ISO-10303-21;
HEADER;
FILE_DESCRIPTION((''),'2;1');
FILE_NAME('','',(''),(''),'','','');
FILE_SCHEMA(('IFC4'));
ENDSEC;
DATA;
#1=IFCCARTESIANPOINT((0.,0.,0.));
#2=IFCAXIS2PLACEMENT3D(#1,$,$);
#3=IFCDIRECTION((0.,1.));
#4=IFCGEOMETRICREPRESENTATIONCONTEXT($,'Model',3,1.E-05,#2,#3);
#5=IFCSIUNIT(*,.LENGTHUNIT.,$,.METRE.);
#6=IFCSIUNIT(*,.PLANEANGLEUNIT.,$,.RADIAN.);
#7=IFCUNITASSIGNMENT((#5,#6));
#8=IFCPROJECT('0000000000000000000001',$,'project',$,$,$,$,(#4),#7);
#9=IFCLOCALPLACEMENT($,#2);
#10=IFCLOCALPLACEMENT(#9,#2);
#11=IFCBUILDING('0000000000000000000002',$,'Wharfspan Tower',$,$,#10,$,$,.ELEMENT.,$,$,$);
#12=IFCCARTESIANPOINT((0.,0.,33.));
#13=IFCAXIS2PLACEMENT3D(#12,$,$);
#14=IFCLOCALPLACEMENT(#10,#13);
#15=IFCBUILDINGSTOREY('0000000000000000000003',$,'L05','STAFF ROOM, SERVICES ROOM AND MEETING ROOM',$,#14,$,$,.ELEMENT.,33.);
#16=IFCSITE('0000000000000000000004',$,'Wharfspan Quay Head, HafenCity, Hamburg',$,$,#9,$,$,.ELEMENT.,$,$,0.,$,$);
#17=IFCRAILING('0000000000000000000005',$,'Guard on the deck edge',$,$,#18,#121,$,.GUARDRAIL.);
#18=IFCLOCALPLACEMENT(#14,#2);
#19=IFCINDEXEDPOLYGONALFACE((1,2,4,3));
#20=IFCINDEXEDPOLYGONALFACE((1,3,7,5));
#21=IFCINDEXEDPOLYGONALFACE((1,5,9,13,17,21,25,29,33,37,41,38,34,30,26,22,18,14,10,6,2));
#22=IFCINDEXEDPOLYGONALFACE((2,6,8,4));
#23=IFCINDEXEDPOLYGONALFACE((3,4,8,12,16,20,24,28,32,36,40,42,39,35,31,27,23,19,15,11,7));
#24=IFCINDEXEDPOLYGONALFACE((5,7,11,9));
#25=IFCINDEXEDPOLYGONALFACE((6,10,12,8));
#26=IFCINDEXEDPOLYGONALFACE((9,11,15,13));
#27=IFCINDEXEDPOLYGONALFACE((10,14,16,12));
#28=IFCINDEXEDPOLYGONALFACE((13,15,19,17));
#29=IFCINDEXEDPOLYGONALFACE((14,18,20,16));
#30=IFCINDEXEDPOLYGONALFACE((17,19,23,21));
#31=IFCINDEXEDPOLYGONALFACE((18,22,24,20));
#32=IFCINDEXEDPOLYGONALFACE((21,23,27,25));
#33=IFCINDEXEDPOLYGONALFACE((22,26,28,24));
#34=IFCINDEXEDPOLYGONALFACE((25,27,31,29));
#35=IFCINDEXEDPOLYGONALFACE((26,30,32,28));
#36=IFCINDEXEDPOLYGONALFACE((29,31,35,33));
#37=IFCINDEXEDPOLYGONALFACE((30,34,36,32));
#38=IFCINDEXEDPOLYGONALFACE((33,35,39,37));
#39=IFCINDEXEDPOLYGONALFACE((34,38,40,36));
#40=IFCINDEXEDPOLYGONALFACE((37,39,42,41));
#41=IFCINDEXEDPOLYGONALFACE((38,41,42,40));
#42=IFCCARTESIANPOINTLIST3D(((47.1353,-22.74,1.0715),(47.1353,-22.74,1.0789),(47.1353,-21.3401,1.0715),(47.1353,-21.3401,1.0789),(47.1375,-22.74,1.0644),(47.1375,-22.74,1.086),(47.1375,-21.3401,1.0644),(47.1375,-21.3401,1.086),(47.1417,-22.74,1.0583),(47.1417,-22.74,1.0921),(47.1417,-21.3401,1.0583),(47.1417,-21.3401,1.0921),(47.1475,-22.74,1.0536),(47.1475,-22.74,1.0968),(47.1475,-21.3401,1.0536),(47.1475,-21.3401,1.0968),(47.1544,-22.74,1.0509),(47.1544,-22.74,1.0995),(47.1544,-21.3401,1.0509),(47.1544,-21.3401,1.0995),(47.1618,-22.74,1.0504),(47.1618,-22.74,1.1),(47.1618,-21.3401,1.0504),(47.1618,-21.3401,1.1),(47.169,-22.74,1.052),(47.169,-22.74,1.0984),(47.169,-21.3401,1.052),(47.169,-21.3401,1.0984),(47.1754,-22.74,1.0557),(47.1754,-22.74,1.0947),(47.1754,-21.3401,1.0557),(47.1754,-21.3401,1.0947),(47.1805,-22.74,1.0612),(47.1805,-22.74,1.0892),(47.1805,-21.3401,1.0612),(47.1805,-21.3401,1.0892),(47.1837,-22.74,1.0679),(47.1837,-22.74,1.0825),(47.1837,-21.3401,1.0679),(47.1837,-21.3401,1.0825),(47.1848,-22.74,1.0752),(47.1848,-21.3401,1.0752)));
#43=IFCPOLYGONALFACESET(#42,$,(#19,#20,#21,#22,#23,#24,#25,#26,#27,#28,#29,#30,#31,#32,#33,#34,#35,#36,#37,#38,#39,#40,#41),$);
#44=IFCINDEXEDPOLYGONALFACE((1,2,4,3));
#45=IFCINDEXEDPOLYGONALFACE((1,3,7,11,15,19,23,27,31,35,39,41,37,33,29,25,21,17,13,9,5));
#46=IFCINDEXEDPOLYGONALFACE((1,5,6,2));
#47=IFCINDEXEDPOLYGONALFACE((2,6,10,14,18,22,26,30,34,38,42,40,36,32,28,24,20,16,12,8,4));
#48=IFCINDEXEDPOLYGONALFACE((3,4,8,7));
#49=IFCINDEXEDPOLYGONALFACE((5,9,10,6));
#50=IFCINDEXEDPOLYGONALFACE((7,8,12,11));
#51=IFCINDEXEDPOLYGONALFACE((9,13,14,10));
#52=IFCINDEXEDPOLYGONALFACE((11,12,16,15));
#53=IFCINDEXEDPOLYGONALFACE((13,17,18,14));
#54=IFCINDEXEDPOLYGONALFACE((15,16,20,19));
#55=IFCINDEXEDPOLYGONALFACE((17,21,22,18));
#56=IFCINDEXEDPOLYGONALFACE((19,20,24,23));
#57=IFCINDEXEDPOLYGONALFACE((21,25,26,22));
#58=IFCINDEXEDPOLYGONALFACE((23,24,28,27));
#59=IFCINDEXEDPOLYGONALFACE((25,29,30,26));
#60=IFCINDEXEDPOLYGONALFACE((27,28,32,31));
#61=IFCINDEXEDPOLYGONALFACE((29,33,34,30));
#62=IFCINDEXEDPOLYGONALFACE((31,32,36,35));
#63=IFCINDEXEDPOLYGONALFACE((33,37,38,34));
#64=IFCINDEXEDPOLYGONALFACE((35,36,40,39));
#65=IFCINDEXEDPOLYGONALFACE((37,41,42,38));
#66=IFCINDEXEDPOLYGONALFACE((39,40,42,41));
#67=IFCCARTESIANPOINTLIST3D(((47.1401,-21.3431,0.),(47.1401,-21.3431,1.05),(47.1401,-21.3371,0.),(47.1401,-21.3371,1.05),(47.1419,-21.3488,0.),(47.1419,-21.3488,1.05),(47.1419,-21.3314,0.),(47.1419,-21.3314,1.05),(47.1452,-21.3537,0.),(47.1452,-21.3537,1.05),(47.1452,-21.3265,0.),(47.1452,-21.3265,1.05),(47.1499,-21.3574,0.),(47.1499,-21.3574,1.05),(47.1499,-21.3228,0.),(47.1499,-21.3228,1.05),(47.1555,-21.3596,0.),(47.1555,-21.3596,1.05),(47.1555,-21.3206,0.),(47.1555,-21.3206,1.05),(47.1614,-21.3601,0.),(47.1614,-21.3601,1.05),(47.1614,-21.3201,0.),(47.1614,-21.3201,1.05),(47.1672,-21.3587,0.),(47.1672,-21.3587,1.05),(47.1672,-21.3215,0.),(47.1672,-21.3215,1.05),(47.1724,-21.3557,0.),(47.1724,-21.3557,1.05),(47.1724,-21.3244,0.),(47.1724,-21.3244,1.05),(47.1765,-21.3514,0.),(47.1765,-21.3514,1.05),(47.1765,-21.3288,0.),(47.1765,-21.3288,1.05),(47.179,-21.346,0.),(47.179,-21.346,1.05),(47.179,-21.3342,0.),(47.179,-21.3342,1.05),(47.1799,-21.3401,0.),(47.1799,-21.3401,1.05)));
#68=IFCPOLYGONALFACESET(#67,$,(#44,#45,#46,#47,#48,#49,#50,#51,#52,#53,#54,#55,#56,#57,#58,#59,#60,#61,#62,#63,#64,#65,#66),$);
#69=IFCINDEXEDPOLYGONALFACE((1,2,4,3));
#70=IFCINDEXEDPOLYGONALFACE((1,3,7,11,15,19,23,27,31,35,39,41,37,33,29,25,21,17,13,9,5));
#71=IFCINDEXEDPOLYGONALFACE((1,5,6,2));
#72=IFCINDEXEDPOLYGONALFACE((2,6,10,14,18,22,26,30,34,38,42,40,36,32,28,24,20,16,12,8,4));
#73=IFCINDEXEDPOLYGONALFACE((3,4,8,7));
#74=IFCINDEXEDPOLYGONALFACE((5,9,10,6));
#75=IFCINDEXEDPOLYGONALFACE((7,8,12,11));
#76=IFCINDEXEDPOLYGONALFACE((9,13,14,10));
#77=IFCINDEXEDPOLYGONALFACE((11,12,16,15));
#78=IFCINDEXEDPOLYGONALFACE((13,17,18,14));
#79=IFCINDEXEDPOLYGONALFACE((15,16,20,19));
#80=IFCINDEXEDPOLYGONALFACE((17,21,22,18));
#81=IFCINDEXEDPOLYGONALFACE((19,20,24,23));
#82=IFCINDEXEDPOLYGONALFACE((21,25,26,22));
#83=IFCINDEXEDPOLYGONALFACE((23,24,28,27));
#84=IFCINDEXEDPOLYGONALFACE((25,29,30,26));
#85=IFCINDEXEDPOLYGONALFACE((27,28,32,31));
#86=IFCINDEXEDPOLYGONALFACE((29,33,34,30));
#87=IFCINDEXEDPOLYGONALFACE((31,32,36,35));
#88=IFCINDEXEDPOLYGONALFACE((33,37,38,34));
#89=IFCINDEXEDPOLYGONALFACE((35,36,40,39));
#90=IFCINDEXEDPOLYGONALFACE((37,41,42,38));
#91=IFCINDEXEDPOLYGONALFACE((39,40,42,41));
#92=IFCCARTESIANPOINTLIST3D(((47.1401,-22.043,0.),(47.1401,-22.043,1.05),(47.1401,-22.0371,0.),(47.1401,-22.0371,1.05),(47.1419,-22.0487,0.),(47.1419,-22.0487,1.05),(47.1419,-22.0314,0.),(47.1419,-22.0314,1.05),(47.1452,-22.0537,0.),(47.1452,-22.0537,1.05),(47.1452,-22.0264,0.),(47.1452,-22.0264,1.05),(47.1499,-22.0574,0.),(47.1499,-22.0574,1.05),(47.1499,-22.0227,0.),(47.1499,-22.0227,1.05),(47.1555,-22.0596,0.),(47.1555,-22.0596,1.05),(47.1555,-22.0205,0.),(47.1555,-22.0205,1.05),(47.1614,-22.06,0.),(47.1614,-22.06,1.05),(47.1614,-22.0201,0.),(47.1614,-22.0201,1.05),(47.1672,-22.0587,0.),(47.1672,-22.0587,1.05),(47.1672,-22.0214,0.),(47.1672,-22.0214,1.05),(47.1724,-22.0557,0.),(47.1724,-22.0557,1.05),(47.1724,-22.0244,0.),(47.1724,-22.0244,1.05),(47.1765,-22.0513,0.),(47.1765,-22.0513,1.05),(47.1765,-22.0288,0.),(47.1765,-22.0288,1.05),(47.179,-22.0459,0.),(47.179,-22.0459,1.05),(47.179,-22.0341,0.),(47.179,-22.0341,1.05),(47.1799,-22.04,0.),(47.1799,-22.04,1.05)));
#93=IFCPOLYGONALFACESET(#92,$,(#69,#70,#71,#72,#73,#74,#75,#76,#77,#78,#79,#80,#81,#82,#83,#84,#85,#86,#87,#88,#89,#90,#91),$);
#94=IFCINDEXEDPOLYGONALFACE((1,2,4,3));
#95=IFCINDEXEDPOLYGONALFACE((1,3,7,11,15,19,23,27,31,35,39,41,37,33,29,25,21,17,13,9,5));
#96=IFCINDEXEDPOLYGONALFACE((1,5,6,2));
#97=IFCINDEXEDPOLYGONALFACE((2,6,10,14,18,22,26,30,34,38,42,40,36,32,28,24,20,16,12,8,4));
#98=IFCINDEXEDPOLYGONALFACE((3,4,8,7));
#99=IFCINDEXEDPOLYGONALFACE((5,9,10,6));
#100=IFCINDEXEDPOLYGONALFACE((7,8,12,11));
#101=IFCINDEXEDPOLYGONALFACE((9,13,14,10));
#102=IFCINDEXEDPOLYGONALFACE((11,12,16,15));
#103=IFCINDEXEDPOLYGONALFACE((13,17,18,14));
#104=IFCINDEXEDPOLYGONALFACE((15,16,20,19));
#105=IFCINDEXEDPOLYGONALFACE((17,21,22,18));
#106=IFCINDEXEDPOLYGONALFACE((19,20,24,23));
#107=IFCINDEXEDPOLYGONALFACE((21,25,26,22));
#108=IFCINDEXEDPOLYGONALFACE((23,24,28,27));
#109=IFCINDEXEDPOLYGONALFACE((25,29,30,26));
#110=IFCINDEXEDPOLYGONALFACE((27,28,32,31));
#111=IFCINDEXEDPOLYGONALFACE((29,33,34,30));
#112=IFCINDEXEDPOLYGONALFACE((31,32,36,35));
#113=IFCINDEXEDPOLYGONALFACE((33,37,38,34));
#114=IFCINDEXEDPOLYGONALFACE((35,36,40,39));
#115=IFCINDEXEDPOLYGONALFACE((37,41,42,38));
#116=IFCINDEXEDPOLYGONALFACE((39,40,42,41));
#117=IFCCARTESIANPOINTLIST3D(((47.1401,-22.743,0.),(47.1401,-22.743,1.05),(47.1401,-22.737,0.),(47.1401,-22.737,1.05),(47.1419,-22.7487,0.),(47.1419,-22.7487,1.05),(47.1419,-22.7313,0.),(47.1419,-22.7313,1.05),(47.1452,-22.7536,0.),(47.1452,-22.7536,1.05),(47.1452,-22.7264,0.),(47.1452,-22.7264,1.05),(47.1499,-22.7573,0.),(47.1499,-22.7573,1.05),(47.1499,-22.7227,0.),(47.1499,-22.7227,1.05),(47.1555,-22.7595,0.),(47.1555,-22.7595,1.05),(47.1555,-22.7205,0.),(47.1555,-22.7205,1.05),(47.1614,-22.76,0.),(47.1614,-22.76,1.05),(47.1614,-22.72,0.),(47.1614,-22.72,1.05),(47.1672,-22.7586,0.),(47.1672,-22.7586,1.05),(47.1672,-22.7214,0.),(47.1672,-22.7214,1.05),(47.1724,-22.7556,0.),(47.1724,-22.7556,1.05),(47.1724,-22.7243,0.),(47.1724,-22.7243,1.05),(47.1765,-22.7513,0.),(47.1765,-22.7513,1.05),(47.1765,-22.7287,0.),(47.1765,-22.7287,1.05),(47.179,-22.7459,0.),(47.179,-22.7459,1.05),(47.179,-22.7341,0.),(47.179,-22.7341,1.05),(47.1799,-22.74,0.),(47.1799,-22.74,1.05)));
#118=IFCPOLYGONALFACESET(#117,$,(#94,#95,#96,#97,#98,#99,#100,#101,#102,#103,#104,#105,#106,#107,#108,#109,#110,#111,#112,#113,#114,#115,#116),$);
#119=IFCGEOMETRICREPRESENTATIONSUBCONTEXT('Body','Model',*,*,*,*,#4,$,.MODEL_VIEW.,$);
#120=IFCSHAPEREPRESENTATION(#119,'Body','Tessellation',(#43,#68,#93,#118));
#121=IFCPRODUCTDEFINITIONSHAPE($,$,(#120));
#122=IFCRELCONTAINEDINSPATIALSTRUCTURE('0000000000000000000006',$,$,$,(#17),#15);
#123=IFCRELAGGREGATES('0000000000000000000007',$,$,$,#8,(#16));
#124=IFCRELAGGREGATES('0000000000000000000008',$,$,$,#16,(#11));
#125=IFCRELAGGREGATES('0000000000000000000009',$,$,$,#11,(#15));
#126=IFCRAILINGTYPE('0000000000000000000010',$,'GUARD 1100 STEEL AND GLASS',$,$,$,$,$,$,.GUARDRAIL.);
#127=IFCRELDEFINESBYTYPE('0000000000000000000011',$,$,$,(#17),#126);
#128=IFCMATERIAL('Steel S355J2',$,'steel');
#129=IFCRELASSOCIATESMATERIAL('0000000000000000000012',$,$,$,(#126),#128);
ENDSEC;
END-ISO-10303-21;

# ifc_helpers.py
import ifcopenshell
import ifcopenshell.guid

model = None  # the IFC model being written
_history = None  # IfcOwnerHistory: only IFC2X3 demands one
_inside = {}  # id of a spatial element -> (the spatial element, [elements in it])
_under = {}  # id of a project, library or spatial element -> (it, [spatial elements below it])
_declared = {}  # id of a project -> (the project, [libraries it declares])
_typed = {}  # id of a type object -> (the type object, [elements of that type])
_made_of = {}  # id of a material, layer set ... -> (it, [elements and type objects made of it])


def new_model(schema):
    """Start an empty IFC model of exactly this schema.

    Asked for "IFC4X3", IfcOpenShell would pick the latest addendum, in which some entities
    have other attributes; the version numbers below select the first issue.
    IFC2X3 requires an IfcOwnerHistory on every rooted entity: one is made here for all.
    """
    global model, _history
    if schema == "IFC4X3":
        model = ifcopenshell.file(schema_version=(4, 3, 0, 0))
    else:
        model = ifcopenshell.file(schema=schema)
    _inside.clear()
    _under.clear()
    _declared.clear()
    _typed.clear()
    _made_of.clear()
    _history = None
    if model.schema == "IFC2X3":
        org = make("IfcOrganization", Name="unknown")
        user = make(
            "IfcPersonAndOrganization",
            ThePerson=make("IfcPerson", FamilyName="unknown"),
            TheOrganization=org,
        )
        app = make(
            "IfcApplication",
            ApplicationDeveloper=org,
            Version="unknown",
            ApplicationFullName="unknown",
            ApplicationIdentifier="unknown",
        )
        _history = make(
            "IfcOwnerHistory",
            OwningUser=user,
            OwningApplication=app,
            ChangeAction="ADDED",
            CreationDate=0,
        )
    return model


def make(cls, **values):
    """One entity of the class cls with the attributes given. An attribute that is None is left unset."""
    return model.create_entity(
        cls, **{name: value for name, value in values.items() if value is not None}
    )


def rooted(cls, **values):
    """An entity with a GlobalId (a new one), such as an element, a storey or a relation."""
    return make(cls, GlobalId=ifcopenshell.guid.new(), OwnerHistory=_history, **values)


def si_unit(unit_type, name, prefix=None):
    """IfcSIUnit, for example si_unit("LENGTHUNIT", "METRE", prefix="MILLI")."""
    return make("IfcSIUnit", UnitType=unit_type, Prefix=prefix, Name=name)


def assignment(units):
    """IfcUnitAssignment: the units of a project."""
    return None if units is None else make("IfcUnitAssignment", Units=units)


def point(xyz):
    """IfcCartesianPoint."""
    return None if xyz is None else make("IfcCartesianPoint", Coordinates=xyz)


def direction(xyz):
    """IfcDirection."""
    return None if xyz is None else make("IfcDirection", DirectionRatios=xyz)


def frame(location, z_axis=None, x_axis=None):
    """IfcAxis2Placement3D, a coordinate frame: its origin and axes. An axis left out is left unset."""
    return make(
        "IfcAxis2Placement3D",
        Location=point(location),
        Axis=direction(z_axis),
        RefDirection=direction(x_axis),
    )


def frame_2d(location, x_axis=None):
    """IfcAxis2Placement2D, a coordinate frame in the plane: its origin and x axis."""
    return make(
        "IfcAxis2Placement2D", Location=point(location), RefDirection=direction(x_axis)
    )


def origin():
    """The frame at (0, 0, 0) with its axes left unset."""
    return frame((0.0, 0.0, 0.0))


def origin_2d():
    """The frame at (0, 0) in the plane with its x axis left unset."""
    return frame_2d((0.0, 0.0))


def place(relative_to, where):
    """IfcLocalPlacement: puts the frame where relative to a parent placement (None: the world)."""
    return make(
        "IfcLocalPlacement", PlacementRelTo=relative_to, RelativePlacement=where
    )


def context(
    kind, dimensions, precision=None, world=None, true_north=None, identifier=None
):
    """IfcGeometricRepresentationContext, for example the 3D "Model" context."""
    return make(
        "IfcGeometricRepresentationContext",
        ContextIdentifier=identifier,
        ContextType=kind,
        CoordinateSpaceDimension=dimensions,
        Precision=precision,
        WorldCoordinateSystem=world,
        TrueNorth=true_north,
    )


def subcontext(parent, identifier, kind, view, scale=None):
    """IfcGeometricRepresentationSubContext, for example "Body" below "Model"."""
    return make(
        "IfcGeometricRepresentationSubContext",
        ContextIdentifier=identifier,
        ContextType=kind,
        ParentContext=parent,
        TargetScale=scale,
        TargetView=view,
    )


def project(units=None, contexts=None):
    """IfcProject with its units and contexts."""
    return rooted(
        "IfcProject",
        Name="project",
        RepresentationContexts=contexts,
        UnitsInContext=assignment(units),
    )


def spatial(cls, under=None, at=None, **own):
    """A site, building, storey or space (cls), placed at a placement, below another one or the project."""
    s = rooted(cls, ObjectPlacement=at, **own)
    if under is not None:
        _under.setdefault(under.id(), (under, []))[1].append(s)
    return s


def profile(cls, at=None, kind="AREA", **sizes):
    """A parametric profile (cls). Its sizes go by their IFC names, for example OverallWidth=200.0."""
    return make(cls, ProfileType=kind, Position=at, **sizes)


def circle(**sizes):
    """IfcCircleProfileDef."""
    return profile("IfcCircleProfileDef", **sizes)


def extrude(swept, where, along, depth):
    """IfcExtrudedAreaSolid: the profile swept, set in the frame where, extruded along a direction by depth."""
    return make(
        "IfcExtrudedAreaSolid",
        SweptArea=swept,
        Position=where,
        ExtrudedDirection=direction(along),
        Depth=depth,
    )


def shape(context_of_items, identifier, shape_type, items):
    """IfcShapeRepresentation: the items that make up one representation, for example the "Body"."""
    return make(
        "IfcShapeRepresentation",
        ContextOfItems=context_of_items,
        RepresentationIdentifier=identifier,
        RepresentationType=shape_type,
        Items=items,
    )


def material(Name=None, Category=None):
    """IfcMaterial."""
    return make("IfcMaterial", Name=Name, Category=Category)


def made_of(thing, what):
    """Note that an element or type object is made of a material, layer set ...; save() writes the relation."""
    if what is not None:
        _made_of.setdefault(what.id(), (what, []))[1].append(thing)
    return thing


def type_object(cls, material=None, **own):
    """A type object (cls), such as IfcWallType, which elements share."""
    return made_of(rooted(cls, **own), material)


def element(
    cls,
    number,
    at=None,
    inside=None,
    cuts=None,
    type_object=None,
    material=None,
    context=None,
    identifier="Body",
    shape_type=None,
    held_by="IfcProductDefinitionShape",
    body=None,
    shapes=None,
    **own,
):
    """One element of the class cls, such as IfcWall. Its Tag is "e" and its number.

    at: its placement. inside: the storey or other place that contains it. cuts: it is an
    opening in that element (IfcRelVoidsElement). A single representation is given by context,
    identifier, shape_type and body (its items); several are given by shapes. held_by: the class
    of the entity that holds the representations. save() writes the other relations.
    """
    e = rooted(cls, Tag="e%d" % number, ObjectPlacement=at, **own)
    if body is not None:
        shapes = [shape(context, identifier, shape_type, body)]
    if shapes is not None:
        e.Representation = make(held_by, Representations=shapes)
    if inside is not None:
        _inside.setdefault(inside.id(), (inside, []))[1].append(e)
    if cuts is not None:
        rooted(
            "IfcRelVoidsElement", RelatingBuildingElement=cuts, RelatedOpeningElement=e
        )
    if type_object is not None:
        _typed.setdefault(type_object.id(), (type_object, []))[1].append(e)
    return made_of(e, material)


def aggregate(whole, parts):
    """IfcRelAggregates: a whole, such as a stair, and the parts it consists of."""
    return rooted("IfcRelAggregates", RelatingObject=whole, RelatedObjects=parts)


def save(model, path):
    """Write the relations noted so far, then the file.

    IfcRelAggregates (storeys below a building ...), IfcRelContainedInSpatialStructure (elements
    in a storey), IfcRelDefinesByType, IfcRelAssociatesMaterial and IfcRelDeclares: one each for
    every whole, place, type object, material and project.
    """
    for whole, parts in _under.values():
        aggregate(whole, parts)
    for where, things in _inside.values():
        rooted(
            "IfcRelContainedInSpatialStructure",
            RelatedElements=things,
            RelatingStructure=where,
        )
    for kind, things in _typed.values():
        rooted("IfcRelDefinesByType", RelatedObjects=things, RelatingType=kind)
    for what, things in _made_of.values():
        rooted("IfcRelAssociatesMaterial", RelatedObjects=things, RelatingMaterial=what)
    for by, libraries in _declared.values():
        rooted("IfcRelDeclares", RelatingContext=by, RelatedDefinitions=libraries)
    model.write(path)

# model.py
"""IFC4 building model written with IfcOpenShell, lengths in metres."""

from ifc_helpers import new_model, si_unit, direction, frame, origin, origin_2d, place, context, subcontext, project, spatial, circle, extrude, material, type_object, element, save


model = new_model("IFC4")

# Units and contexts
model_context = context("Model", 3, precision=1e-05, world=origin(), true_north=direction((0.0, 1.0)))
body_context = subcontext(model_context, "Body", "Model", "MODEL_VIEW")
ifc_project = project(units=[si_unit("LENGTHUNIT", "METRE"), si_unit("PLANEANGLEUNIT", "RADIAN")], contexts=[model_context])

# Site, building, storey
site_placement = place(None, origin())
site = spatial("IfcSite", under=ifc_project, at=site_placement, Name="Wharfspan Quay Head, HafenCity, Hamburg", CompositionType="ELEMENT", RefElevation=0.0)
building_placement = place(site_placement, origin())
building = spatial("IfcBuilding", under=site, at=building_placement, Name="Wharfspan Tower", CompositionType="ELEMENT")
storey_placement = place(building_placement, frame((0.0, 0.0, 33.0)))
storey = spatial("IfcBuildingStorey", under=building, at=storey_placement, Name="L05", Description="STAFF ROOM, SERVICES ROOM AND MEETING ROOM", CompositionType="ELEMENT", Elevation=33.0)

# Railing
ifc_material_1 = material(Name="Steel S355J2", Category="steel")
railing_type = type_object("IfcRailingType", Name="GUARD 1100 STEEL AND GLASS", PredefinedType="GUARDRAIL", material=ifc_material_1)
railing_1_placement = place(storey_placement, frame((47.1599, -21.3401, 0.0)))
element("IfcRailing", 1, at=railing_1_placement, inside=storey, type_object=railing_type, Name="Guard on the deck edge", PredefinedType="GUARDRAIL", context=body_context, shape_type="SweptSolid", body=[
    extrude(circle(Radius=0.0249, at=origin_2d()), frame((0.0, 0.0, 1.0752), z_axis=(0.0, -1.0, 0.0), x_axis=(1.0, 0.0, 0.0)), (0.0, 0.0, 1.0), 1.3999),
    extrude(circle(Radius=0.02, at=origin_2d()), origin(), (0.0, 0.0, 1.0), 1.05),
    extrude(circle(Radius=0.02, at=origin_2d()), frame((0.0, -0.7, 0.0)), (0.0, 0.0, 1.0), 1.05),
    extrude(circle(Radius=0.02, at=origin_2d()), frame((0.0, -1.3999, 0.0)), (0.0, 0.0, 1.0), 1.05),
])

save(model, "model.ifc")
